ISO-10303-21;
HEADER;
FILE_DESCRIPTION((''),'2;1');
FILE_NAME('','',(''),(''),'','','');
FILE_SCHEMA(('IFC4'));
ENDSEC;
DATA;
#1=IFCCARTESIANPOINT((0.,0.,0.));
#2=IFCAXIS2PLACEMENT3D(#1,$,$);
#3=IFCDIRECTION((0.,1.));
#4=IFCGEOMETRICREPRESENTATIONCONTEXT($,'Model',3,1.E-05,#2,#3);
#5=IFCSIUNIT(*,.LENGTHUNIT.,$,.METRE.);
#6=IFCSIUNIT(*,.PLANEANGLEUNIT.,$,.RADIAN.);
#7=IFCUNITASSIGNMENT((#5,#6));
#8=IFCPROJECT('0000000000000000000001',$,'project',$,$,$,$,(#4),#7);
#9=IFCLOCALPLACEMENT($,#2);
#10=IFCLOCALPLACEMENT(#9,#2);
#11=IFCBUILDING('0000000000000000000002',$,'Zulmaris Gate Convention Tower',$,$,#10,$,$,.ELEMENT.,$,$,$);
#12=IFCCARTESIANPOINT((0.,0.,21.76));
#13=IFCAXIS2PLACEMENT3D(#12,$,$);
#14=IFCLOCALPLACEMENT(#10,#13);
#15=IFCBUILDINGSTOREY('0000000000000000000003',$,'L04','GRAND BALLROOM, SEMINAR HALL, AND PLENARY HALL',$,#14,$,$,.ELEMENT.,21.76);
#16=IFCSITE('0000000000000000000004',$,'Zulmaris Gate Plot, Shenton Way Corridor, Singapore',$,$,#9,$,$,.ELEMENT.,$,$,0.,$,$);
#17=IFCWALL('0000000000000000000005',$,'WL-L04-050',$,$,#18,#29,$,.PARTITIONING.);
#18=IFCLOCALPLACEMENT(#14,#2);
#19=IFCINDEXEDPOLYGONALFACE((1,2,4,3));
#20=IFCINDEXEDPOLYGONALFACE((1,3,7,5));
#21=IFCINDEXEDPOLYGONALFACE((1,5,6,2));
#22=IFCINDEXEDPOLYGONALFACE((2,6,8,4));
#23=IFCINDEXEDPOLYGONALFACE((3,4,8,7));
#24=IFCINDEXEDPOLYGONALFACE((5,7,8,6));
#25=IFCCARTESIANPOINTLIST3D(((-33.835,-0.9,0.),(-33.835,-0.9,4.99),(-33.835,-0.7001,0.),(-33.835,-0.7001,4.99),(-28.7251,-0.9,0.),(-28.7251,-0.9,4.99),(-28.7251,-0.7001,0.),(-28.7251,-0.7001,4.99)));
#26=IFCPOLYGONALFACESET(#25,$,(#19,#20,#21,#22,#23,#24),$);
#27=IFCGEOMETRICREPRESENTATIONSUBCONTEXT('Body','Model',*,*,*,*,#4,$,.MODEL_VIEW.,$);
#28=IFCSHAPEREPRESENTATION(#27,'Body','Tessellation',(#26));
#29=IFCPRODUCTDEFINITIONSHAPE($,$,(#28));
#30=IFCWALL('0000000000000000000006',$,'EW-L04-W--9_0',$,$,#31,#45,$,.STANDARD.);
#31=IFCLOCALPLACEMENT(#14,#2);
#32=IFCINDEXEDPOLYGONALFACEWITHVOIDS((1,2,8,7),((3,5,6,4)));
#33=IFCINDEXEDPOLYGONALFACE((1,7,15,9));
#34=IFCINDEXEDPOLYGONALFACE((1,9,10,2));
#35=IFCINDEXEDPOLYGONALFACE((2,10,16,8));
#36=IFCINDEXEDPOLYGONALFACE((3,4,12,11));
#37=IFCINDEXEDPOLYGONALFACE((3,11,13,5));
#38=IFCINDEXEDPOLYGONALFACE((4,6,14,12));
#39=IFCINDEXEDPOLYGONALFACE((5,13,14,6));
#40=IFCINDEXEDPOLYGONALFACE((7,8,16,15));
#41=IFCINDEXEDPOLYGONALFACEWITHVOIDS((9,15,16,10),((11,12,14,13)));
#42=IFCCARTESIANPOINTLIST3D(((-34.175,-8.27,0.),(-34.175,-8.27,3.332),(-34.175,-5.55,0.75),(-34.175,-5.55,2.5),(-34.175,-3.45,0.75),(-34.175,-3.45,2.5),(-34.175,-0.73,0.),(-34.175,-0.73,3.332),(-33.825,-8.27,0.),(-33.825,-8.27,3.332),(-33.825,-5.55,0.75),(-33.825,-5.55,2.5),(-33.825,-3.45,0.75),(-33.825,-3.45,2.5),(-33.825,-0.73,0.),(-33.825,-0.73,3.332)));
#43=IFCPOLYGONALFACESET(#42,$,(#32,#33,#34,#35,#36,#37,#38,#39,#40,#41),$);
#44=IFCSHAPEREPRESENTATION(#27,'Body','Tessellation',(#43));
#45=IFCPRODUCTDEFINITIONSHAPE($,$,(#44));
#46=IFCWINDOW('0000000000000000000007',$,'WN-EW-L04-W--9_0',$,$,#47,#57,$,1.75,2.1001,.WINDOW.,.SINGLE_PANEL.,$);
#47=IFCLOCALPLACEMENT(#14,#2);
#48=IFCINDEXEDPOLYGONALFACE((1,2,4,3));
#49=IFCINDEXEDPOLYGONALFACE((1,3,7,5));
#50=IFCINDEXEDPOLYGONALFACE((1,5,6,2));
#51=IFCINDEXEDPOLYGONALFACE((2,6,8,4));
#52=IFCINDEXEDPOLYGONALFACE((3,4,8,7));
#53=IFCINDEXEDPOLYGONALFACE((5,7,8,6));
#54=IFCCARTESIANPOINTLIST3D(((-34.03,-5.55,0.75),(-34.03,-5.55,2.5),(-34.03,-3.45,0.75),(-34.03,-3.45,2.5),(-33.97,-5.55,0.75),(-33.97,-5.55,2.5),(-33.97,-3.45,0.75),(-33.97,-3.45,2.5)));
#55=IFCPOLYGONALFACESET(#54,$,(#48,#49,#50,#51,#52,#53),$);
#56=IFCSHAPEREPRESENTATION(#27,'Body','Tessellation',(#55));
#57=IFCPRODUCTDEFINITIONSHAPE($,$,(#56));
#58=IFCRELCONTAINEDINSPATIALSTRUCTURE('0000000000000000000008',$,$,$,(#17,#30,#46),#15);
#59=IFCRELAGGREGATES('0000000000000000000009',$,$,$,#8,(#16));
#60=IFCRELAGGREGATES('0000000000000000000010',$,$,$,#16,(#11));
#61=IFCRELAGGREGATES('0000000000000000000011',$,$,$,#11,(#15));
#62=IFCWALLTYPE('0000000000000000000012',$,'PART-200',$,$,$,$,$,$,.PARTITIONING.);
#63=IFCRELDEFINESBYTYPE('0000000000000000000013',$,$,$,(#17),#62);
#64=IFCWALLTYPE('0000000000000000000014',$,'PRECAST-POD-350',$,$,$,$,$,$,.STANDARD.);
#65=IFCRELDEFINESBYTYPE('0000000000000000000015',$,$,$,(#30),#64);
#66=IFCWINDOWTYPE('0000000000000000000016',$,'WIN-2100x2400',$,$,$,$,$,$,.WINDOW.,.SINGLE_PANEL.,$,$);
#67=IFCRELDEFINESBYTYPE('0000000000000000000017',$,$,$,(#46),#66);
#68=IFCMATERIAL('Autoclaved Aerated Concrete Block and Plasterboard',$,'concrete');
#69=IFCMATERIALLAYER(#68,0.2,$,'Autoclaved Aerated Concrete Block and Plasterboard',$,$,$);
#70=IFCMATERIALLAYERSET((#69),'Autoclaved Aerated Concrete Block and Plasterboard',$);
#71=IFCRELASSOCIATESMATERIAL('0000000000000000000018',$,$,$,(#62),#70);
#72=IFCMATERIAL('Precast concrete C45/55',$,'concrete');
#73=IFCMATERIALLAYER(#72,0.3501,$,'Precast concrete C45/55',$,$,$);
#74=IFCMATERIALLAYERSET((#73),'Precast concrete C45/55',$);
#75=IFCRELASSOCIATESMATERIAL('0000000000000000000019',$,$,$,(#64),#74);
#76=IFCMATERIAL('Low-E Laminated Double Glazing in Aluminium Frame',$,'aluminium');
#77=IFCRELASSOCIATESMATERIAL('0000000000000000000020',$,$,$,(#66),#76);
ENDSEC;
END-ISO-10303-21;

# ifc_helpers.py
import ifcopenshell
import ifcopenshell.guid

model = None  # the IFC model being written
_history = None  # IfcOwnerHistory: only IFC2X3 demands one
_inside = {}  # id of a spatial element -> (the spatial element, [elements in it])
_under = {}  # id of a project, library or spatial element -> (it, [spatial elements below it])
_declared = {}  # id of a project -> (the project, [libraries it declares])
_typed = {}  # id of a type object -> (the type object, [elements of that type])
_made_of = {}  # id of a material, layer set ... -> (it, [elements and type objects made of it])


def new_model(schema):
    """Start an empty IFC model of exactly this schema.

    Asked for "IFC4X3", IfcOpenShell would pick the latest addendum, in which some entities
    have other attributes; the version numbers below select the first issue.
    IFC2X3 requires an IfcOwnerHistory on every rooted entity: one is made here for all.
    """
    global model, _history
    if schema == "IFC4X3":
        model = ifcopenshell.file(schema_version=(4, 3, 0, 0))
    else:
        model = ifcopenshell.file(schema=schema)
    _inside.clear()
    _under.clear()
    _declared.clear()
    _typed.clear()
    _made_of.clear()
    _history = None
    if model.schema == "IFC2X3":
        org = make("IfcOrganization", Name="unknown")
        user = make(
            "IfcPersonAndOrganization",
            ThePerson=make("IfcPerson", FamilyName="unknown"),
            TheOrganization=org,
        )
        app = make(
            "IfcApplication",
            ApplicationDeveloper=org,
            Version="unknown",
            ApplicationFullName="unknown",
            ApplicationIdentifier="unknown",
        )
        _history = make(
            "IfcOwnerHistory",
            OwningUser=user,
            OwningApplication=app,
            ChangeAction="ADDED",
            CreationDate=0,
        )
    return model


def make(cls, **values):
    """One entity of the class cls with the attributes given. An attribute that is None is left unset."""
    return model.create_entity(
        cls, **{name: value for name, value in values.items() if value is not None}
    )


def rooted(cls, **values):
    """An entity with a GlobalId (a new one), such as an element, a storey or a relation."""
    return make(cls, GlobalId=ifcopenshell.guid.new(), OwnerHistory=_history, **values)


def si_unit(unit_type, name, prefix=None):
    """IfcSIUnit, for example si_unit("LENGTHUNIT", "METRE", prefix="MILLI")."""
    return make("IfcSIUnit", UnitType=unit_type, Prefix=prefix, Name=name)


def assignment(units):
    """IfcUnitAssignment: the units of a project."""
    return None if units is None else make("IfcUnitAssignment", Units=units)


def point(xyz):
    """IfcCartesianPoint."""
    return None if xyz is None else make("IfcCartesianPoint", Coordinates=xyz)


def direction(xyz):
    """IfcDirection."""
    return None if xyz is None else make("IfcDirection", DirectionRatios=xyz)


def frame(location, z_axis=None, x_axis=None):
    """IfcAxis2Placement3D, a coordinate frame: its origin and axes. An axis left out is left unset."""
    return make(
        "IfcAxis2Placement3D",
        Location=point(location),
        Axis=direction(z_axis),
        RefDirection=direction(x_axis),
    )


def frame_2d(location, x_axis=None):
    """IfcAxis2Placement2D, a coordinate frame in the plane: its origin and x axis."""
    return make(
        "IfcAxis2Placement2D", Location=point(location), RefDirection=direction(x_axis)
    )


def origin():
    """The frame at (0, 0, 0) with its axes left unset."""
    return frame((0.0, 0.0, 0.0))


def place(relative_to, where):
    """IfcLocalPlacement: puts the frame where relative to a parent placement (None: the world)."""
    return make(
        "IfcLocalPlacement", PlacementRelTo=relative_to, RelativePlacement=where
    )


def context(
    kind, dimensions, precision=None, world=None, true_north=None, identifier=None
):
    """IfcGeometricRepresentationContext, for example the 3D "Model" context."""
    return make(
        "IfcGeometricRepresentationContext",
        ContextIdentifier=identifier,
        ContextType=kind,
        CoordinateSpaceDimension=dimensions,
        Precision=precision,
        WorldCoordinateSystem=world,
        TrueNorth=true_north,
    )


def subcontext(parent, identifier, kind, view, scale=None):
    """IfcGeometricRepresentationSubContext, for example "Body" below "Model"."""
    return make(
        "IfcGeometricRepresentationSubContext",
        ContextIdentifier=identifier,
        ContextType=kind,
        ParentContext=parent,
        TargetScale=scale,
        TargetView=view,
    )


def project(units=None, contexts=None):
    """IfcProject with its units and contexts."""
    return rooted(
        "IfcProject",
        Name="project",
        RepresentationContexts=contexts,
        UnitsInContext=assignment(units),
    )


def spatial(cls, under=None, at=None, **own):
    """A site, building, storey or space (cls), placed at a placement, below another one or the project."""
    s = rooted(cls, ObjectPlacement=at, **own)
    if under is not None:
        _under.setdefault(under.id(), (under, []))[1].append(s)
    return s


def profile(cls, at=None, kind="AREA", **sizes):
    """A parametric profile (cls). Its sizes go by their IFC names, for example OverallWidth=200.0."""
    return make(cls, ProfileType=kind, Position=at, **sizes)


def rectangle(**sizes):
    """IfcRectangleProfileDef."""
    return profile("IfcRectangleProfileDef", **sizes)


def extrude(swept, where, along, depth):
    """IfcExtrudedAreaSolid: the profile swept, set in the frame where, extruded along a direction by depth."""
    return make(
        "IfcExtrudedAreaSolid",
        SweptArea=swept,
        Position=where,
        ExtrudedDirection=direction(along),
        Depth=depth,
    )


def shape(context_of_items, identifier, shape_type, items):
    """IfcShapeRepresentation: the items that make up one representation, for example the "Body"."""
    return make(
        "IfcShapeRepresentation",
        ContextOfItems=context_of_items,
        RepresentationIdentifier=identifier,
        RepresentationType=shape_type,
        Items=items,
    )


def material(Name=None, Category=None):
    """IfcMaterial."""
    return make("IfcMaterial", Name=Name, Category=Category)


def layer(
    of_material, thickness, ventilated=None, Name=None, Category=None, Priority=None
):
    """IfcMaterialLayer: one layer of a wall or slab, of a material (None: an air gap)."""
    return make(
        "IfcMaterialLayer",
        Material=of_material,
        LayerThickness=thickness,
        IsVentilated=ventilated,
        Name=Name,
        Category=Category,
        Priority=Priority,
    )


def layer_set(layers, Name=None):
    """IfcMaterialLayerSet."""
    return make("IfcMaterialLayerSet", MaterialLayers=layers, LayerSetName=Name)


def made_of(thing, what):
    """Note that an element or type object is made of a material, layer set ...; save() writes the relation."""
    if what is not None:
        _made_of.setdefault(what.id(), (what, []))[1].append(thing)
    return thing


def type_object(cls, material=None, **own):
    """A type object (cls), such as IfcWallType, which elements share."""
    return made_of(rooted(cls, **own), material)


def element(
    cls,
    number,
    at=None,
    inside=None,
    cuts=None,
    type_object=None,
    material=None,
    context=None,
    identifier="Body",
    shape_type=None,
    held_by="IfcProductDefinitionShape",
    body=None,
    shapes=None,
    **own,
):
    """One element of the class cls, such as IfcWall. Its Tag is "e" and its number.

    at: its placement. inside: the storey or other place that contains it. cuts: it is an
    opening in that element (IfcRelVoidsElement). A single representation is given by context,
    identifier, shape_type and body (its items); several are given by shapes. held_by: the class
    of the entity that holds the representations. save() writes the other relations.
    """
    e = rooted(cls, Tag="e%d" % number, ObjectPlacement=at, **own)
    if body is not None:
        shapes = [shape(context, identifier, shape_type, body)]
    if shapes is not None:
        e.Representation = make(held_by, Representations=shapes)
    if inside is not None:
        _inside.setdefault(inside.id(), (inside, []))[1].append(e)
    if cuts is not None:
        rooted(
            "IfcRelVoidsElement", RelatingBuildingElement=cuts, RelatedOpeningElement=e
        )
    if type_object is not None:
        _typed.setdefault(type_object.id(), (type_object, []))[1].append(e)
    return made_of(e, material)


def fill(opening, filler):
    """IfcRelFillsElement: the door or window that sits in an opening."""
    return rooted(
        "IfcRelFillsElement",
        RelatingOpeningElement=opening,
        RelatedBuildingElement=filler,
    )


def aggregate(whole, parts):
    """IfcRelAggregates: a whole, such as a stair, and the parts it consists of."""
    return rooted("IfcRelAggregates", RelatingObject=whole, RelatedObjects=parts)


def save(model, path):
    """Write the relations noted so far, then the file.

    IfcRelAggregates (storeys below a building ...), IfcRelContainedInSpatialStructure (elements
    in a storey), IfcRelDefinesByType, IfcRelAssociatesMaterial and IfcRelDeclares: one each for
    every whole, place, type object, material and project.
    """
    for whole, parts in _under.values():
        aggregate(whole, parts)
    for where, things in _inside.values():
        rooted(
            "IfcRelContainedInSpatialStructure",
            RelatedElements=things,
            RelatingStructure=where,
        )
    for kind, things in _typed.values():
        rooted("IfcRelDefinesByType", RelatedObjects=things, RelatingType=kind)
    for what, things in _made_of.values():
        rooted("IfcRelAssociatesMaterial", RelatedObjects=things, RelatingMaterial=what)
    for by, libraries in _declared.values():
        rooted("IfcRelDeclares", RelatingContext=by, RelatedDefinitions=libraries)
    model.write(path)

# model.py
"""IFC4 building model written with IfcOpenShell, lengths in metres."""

from ifc_helpers import new_model, si_unit, direction, frame, frame_2d, origin, place, context, subcontext, project, spatial, rectangle, extrude, material, layer, layer_set, type_object, element, fill, save


model = new_model("IFC4")

# Units and contexts
model_context = context("Model", 3, precision=1e-05, world=origin(), true_north=direction((0.0, 1.0)))
body_context = subcontext(model_context, "Body", "Model", "MODEL_VIEW")
ifc_project = project(units=[si_unit("LENGTHUNIT", "METRE"), si_unit("PLANEANGLEUNIT", "RADIAN")], contexts=[model_context])

# Site, building, storey
site_placement = place(None, origin())
site = spatial("IfcSite", under=ifc_project, at=site_placement, Name="Zulmaris Gate Plot, Shenton Way Corridor, Singapore", CompositionType="ELEMENT", RefElevation=0.0)
building_placement = place(site_placement, origin())
building = spatial("IfcBuilding", under=site, at=building_placement, Name="Zulmaris Gate Convention Tower", CompositionType="ELEMENT")
storey_placement = place(building_placement, frame((0.0, 0.0, 21.76)))
storey = spatial("IfcBuildingStorey", under=building, at=storey_placement, Name="L04", Description="GRAND BALLROOM, SEMINAR HALL, AND PLENARY HALL", CompositionType="ELEMENT", Elevation=21.76)

# Wall
ifc_material_1 = material(Name="Autoclaved Aerated Concrete Block and Plasterboard", Category="concrete")
ifc_layer_1 = layer(ifc_material_1, 0.2, Name="Autoclaved Aerated Concrete Block and Plasterboard")
ifc_layer_set_1 = layer_set([ifc_layer_1], Name="Autoclaved Aerated Concrete Block and Plasterboard")
wall_type_1 = type_object("IfcWallType", Name="PART-200", PredefinedType="PARTITIONING", material=ifc_layer_set_1)
wall_1_placement = place(storey_placement, frame((-33.835, -0.8, 0.0), z_axis=(0.0, 0.0, 1.0), x_axis=(1.0, 0.0, 0.0)))
element("IfcWall", 1, at=wall_1_placement, inside=storey, type_object=wall_type_1, Name="WL-L04-050", PredefinedType="PARTITIONING", context=body_context, shape_type="SweptSolid", body=[
    extrude(rectangle(XDim=5.1099, YDim=0.2, at=frame_2d((2.5549, 0.0))), origin(), (0.0, 0.0, 1.0), 4.99),
])

# Wall, opening, window
ifc_material_2 = material(Name="Precast concrete C45/55", Category="concrete")
ifc_layer_2 = layer(ifc_material_2, 0.3501, Name="Precast concrete C45/55")
ifc_layer_set_2 = layer_set([ifc_layer_2], Name="Precast concrete C45/55")
wall_type_2 = type_object("IfcWallType", Name="PRECAST-POD-350", PredefinedType="STANDARD", material=ifc_layer_set_2)
wall_2_placement = place(storey_placement, frame((-34.0, -8.27, 0.0), z_axis=(0.0, 0.0, 1.0), x_axis=(0.0, 1.0, 0.0)))
wall_2 = element("IfcWall", 2, at=wall_2_placement, inside=storey, type_object=wall_type_2, Name="EW-L04-W--9_0", PredefinedType="STANDARD", context=body_context, shape_type="SweptSolid", body=[
    extrude(rectangle(XDim=7.54, YDim=0.3501, at=frame_2d((3.77, 0.0))), origin(), (0.0, 0.0, 1.0), 3.332),
])
opening_1_placement = place(wall_2_placement, frame((2.72, 0.0, 0.75)))
opening_1 = element("IfcOpeningElement", 3, at=opening_1_placement, cuts=wall_2, PredefinedType="OPENING", context=body_context, shape_type="SweptSolid", body=[
    extrude(rectangle(XDim=2.1001, YDim=1.75, at=frame_2d((1.05, 0.875))), frame((0.0, 0.1851, 0.0), z_axis=(0.0, -1.0, 0.0), x_axis=(1.0, 0.0, 0.0)), (0.0, 0.0, 1.0), 0.3701),
])
ifc_material_3 = material(Name="Low-E Laminated Double Glazing in Aluminium Frame", Category="aluminium")
window_type = type_object("IfcWindowType", Name="WIN-2100x2400", PartitioningType="SINGLE_PANEL", PredefinedType="WINDOW", material=ifc_material_3)
window_placement = place(opening_1_placement, origin())
window = element("IfcWindow", 4, at=window_placement, inside=storey, type_object=window_type, Name="WN-EW-L04-W--9_0", OverallHeight=1.75, OverallWidth=2.1001, PartitioningType="SINGLE_PANEL", PredefinedType="WINDOW", context=body_context, shape_type="SweptSolid", body=[
    extrude(rectangle(XDim=2.1001, YDim=1.75, at=frame_2d((1.05, 0.875))), frame((0.0, 0.03, 0.0), z_axis=(0.0, -1.0, 0.0), x_axis=(1.0, 0.0, 0.0)), (0.0, 0.0, 1.0), 0.0601),
])
fill(opening_1, window)

save(model, "model.ifc")
